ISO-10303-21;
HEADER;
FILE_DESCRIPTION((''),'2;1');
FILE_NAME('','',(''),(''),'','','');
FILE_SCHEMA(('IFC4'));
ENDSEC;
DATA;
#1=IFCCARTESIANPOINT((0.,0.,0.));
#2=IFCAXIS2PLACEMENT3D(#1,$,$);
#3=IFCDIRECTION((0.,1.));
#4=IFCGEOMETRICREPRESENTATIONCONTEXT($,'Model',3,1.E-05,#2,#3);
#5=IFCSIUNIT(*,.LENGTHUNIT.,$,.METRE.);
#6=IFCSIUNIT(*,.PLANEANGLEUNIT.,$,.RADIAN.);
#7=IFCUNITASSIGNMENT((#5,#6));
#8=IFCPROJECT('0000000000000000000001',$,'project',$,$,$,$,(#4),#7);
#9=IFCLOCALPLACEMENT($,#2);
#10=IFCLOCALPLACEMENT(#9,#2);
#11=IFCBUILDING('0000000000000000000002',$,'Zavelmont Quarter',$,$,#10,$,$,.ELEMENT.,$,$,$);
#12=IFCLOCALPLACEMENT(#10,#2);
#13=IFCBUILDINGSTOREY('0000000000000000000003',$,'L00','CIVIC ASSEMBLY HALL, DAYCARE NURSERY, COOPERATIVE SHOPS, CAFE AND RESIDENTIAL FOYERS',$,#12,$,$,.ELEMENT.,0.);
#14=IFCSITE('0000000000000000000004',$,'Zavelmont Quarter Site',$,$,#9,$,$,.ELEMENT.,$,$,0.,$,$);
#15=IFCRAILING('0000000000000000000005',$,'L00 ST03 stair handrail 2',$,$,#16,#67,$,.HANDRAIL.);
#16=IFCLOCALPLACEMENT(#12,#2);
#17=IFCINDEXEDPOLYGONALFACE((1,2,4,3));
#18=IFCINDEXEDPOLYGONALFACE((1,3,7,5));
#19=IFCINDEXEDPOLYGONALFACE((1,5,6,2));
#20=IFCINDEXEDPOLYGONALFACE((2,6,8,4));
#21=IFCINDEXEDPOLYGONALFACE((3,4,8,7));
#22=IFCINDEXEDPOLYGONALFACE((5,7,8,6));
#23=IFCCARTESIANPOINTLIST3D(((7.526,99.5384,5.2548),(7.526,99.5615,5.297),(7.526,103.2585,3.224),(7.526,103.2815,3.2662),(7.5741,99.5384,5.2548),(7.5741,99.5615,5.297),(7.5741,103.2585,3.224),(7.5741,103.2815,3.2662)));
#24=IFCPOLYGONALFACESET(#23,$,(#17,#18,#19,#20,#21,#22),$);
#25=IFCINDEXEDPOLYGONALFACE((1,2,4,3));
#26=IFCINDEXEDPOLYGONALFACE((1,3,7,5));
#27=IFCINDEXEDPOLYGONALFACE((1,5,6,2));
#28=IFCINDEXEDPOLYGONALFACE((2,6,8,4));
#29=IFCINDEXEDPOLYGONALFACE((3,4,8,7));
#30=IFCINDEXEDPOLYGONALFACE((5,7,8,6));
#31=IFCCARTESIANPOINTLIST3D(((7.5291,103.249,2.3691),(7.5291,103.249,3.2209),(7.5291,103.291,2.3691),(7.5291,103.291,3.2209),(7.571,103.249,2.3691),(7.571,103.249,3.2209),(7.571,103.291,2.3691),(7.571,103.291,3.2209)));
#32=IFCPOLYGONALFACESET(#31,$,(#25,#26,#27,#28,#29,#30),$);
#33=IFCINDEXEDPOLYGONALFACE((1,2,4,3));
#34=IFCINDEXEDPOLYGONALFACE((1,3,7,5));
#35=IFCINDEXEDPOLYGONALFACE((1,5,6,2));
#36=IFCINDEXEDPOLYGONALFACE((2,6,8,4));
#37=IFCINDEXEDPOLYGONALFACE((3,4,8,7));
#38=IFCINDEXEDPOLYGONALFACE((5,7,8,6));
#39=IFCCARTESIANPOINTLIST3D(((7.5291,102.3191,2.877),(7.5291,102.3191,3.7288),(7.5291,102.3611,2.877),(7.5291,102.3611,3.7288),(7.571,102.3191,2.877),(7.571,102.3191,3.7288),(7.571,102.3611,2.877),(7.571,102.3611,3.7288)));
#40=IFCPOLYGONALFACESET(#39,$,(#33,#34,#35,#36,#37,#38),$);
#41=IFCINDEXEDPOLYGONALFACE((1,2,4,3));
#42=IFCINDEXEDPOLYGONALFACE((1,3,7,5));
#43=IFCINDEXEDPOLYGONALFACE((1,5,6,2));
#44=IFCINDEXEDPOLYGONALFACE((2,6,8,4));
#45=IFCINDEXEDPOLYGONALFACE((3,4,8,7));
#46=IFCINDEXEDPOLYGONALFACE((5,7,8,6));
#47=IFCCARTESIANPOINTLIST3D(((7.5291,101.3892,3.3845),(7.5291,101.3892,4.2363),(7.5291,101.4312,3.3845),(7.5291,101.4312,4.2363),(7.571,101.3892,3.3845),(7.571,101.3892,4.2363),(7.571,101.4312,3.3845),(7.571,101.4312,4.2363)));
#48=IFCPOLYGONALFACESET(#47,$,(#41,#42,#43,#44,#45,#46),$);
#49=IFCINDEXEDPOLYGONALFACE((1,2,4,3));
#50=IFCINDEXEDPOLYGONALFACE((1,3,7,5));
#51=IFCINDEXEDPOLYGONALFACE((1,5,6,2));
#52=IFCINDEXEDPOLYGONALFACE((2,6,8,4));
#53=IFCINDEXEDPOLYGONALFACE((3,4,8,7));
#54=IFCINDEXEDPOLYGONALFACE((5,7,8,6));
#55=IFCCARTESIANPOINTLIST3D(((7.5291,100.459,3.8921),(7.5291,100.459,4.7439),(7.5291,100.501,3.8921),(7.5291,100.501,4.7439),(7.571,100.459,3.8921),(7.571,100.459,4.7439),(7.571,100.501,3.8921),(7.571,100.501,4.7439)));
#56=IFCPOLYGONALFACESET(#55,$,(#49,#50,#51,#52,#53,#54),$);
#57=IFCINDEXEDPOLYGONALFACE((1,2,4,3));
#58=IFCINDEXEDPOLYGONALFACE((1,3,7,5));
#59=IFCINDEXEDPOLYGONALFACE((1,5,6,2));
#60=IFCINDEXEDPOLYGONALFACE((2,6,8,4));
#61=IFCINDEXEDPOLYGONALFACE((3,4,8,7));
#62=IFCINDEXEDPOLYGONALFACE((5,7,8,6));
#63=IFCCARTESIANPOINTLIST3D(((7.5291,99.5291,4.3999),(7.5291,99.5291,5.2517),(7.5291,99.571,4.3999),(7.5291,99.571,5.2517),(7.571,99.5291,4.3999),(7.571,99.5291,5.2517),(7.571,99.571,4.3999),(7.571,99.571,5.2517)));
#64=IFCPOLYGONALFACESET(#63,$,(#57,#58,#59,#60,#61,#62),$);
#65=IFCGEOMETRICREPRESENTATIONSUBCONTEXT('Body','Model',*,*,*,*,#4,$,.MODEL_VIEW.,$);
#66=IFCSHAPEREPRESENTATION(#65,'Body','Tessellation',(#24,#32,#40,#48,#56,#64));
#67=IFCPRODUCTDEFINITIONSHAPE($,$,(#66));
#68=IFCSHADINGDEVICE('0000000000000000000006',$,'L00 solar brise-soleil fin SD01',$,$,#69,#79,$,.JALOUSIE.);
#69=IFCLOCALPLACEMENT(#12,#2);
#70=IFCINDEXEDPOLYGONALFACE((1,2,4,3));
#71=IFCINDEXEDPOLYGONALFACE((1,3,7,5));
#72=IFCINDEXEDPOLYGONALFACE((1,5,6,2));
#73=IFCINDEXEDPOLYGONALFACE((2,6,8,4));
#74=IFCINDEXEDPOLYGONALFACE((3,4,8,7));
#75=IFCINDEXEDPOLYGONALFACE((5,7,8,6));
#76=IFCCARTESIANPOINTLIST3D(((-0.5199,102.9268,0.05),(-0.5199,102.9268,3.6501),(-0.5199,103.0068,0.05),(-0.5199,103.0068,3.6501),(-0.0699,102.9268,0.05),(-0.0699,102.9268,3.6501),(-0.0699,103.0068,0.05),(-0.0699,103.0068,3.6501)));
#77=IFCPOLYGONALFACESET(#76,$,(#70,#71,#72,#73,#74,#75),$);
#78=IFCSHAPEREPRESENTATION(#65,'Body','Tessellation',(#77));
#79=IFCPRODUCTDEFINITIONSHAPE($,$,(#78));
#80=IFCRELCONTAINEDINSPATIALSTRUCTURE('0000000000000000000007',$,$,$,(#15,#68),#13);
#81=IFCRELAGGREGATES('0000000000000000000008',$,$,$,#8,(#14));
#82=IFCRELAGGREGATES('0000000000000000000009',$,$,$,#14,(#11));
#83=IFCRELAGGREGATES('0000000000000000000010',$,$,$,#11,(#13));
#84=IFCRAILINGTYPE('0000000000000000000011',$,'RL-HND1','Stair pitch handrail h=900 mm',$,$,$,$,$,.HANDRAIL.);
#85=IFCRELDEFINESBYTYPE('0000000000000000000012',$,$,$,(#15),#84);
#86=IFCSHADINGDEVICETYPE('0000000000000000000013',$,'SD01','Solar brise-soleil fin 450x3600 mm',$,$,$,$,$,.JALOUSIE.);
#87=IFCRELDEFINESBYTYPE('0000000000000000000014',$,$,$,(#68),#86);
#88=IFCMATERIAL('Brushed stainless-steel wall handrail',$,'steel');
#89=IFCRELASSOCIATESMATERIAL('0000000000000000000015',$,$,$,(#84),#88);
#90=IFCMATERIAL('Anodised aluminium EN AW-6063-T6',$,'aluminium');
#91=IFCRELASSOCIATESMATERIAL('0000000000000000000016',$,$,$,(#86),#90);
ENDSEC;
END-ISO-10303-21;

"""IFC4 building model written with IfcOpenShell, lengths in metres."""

from ifc_helpers import new_model, si_unit, direction, frame, origin, origin_2d, place, context, subcontext, project, spatial, rectangle, extrude, material, type_object, element, save


model = new_model("IFC4")

# Units and contexts
model_context = context("Model", 3, precision=1e-05, world=origin(), true_north=direction((0.0, 1.0)))
body_context = subcontext(model_context, "Body", "Model", "MODEL_VIEW")
ifc_project = project(units=[si_unit("LENGTHUNIT", "METRE"), si_unit("PLANEANGLEUNIT", "RADIAN")], contexts=[model_context])

# Site, building, storey
site_placement = place(None, origin())
site = spatial("IfcSite", under=ifc_project, at=site_placement, Name="Zavelmont Quarter Site", CompositionType="ELEMENT", RefElevation=0.0)
building_placement = place(site_placement, origin())
building = spatial("IfcBuilding", under=site, at=building_placement, Name="Zavelmont Quarter", CompositionType="ELEMENT")
storey_placement = place(building_placement, origin())
storey = spatial("IfcBuildingStorey", under=building, at=storey_placement, Name="L00", Description="CIVIC ASSEMBLY HALL, DAYCARE NURSERY, COOPERATIVE SHOPS, CAFE AND RESIDENTIAL FOYERS", CompositionType="ELEMENT", Elevation=0.0)

# Railing
ifc_material_1 = material(Name="Brushed stainless-steel wall handrail", Category="steel")
railing_type_1 = type_object("IfcRailingType", Name="RL-HND1", Description="Stair pitch handrail h=900 mm", PredefinedType="HANDRAIL", material=ifc_material_1)
railing_1_placement = place(storey_placement, frame((7.55, 103.27, 2.3691)))
element("IfcRailing", 1, at=railing_1_placement, inside=storey, type_object=railing_type_1, Name="L00 ST03 stair handrail 2", PredefinedType="HANDRAIL", context=body_context, shape_type="SweptSolid", body=[
    extrude(rectangle(XDim=0.0481, YDim=0.0481, at=origin_2d()), frame((0.0, 0.0, 0.876), z_axis=(0.0, -0.877728, 0.479159), x_axis=(1.0, 0.0, 0.0)), (0.0, 0.0, 1.0), 4.2383),
    extrude(rectangle(XDim=0.042, YDim=0.042, at=origin_2d()), origin(), (0.0, 0.0, 1.0), 0.8518),
    extrude(rectangle(XDim=0.042, YDim=0.042, at=origin_2d()), frame((0.0, -0.9299, 0.5078)), (0.0, 0.0, 1.0), 0.8518),
    extrude(rectangle(XDim=0.042, YDim=0.042, at=origin_2d()), frame((0.0, -1.8599, 1.0154)), (0.0, 0.0, 1.0), 0.8518),
    extrude(rectangle(XDim=0.042, YDim=0.042, at=origin_2d()), frame((0.0, -2.79, 1.5229)), (0.0, 0.0, 1.0), 0.8518),
    extrude(rectangle(XDim=0.042, YDim=0.042, at=origin_2d()), frame((0.0, -3.72, 2.0308)), (0.0, 0.0, 1.0), 0.8518),
])

# Shading device
ifc_material_2 = material(Name="Anodised aluminium EN AW-6063-T6", Category="aluminium")
shading_device_type = type_object("IfcShadingDeviceType", Name="SD01", Description="Solar brise-soleil fin 450x3600 mm", PredefinedType="JALOUSIE", material=ifc_material_2)
shading_device_placement = place(storey_placement, frame((-0.2949, 102.9668, 0.05), z_axis=(0.0, 0.0, 1.0), x_axis=(0.0, 1.0, 0.0)))
element("IfcShadingDevice", 2, at=shading_device_placement, inside=storey, type_object=shading_device_type, Name="L00 solar brise-soleil fin SD01", PredefinedType="JALOUSIE", context=body_context, shape_type="SweptSolid", body=[
    extrude(rectangle(XDim=0.0801, YDim=0.45, at=origin_2d()), origin(), (0.0, 0.0, 1.0), 3.6001),
])

save(model, "model.ifc")
